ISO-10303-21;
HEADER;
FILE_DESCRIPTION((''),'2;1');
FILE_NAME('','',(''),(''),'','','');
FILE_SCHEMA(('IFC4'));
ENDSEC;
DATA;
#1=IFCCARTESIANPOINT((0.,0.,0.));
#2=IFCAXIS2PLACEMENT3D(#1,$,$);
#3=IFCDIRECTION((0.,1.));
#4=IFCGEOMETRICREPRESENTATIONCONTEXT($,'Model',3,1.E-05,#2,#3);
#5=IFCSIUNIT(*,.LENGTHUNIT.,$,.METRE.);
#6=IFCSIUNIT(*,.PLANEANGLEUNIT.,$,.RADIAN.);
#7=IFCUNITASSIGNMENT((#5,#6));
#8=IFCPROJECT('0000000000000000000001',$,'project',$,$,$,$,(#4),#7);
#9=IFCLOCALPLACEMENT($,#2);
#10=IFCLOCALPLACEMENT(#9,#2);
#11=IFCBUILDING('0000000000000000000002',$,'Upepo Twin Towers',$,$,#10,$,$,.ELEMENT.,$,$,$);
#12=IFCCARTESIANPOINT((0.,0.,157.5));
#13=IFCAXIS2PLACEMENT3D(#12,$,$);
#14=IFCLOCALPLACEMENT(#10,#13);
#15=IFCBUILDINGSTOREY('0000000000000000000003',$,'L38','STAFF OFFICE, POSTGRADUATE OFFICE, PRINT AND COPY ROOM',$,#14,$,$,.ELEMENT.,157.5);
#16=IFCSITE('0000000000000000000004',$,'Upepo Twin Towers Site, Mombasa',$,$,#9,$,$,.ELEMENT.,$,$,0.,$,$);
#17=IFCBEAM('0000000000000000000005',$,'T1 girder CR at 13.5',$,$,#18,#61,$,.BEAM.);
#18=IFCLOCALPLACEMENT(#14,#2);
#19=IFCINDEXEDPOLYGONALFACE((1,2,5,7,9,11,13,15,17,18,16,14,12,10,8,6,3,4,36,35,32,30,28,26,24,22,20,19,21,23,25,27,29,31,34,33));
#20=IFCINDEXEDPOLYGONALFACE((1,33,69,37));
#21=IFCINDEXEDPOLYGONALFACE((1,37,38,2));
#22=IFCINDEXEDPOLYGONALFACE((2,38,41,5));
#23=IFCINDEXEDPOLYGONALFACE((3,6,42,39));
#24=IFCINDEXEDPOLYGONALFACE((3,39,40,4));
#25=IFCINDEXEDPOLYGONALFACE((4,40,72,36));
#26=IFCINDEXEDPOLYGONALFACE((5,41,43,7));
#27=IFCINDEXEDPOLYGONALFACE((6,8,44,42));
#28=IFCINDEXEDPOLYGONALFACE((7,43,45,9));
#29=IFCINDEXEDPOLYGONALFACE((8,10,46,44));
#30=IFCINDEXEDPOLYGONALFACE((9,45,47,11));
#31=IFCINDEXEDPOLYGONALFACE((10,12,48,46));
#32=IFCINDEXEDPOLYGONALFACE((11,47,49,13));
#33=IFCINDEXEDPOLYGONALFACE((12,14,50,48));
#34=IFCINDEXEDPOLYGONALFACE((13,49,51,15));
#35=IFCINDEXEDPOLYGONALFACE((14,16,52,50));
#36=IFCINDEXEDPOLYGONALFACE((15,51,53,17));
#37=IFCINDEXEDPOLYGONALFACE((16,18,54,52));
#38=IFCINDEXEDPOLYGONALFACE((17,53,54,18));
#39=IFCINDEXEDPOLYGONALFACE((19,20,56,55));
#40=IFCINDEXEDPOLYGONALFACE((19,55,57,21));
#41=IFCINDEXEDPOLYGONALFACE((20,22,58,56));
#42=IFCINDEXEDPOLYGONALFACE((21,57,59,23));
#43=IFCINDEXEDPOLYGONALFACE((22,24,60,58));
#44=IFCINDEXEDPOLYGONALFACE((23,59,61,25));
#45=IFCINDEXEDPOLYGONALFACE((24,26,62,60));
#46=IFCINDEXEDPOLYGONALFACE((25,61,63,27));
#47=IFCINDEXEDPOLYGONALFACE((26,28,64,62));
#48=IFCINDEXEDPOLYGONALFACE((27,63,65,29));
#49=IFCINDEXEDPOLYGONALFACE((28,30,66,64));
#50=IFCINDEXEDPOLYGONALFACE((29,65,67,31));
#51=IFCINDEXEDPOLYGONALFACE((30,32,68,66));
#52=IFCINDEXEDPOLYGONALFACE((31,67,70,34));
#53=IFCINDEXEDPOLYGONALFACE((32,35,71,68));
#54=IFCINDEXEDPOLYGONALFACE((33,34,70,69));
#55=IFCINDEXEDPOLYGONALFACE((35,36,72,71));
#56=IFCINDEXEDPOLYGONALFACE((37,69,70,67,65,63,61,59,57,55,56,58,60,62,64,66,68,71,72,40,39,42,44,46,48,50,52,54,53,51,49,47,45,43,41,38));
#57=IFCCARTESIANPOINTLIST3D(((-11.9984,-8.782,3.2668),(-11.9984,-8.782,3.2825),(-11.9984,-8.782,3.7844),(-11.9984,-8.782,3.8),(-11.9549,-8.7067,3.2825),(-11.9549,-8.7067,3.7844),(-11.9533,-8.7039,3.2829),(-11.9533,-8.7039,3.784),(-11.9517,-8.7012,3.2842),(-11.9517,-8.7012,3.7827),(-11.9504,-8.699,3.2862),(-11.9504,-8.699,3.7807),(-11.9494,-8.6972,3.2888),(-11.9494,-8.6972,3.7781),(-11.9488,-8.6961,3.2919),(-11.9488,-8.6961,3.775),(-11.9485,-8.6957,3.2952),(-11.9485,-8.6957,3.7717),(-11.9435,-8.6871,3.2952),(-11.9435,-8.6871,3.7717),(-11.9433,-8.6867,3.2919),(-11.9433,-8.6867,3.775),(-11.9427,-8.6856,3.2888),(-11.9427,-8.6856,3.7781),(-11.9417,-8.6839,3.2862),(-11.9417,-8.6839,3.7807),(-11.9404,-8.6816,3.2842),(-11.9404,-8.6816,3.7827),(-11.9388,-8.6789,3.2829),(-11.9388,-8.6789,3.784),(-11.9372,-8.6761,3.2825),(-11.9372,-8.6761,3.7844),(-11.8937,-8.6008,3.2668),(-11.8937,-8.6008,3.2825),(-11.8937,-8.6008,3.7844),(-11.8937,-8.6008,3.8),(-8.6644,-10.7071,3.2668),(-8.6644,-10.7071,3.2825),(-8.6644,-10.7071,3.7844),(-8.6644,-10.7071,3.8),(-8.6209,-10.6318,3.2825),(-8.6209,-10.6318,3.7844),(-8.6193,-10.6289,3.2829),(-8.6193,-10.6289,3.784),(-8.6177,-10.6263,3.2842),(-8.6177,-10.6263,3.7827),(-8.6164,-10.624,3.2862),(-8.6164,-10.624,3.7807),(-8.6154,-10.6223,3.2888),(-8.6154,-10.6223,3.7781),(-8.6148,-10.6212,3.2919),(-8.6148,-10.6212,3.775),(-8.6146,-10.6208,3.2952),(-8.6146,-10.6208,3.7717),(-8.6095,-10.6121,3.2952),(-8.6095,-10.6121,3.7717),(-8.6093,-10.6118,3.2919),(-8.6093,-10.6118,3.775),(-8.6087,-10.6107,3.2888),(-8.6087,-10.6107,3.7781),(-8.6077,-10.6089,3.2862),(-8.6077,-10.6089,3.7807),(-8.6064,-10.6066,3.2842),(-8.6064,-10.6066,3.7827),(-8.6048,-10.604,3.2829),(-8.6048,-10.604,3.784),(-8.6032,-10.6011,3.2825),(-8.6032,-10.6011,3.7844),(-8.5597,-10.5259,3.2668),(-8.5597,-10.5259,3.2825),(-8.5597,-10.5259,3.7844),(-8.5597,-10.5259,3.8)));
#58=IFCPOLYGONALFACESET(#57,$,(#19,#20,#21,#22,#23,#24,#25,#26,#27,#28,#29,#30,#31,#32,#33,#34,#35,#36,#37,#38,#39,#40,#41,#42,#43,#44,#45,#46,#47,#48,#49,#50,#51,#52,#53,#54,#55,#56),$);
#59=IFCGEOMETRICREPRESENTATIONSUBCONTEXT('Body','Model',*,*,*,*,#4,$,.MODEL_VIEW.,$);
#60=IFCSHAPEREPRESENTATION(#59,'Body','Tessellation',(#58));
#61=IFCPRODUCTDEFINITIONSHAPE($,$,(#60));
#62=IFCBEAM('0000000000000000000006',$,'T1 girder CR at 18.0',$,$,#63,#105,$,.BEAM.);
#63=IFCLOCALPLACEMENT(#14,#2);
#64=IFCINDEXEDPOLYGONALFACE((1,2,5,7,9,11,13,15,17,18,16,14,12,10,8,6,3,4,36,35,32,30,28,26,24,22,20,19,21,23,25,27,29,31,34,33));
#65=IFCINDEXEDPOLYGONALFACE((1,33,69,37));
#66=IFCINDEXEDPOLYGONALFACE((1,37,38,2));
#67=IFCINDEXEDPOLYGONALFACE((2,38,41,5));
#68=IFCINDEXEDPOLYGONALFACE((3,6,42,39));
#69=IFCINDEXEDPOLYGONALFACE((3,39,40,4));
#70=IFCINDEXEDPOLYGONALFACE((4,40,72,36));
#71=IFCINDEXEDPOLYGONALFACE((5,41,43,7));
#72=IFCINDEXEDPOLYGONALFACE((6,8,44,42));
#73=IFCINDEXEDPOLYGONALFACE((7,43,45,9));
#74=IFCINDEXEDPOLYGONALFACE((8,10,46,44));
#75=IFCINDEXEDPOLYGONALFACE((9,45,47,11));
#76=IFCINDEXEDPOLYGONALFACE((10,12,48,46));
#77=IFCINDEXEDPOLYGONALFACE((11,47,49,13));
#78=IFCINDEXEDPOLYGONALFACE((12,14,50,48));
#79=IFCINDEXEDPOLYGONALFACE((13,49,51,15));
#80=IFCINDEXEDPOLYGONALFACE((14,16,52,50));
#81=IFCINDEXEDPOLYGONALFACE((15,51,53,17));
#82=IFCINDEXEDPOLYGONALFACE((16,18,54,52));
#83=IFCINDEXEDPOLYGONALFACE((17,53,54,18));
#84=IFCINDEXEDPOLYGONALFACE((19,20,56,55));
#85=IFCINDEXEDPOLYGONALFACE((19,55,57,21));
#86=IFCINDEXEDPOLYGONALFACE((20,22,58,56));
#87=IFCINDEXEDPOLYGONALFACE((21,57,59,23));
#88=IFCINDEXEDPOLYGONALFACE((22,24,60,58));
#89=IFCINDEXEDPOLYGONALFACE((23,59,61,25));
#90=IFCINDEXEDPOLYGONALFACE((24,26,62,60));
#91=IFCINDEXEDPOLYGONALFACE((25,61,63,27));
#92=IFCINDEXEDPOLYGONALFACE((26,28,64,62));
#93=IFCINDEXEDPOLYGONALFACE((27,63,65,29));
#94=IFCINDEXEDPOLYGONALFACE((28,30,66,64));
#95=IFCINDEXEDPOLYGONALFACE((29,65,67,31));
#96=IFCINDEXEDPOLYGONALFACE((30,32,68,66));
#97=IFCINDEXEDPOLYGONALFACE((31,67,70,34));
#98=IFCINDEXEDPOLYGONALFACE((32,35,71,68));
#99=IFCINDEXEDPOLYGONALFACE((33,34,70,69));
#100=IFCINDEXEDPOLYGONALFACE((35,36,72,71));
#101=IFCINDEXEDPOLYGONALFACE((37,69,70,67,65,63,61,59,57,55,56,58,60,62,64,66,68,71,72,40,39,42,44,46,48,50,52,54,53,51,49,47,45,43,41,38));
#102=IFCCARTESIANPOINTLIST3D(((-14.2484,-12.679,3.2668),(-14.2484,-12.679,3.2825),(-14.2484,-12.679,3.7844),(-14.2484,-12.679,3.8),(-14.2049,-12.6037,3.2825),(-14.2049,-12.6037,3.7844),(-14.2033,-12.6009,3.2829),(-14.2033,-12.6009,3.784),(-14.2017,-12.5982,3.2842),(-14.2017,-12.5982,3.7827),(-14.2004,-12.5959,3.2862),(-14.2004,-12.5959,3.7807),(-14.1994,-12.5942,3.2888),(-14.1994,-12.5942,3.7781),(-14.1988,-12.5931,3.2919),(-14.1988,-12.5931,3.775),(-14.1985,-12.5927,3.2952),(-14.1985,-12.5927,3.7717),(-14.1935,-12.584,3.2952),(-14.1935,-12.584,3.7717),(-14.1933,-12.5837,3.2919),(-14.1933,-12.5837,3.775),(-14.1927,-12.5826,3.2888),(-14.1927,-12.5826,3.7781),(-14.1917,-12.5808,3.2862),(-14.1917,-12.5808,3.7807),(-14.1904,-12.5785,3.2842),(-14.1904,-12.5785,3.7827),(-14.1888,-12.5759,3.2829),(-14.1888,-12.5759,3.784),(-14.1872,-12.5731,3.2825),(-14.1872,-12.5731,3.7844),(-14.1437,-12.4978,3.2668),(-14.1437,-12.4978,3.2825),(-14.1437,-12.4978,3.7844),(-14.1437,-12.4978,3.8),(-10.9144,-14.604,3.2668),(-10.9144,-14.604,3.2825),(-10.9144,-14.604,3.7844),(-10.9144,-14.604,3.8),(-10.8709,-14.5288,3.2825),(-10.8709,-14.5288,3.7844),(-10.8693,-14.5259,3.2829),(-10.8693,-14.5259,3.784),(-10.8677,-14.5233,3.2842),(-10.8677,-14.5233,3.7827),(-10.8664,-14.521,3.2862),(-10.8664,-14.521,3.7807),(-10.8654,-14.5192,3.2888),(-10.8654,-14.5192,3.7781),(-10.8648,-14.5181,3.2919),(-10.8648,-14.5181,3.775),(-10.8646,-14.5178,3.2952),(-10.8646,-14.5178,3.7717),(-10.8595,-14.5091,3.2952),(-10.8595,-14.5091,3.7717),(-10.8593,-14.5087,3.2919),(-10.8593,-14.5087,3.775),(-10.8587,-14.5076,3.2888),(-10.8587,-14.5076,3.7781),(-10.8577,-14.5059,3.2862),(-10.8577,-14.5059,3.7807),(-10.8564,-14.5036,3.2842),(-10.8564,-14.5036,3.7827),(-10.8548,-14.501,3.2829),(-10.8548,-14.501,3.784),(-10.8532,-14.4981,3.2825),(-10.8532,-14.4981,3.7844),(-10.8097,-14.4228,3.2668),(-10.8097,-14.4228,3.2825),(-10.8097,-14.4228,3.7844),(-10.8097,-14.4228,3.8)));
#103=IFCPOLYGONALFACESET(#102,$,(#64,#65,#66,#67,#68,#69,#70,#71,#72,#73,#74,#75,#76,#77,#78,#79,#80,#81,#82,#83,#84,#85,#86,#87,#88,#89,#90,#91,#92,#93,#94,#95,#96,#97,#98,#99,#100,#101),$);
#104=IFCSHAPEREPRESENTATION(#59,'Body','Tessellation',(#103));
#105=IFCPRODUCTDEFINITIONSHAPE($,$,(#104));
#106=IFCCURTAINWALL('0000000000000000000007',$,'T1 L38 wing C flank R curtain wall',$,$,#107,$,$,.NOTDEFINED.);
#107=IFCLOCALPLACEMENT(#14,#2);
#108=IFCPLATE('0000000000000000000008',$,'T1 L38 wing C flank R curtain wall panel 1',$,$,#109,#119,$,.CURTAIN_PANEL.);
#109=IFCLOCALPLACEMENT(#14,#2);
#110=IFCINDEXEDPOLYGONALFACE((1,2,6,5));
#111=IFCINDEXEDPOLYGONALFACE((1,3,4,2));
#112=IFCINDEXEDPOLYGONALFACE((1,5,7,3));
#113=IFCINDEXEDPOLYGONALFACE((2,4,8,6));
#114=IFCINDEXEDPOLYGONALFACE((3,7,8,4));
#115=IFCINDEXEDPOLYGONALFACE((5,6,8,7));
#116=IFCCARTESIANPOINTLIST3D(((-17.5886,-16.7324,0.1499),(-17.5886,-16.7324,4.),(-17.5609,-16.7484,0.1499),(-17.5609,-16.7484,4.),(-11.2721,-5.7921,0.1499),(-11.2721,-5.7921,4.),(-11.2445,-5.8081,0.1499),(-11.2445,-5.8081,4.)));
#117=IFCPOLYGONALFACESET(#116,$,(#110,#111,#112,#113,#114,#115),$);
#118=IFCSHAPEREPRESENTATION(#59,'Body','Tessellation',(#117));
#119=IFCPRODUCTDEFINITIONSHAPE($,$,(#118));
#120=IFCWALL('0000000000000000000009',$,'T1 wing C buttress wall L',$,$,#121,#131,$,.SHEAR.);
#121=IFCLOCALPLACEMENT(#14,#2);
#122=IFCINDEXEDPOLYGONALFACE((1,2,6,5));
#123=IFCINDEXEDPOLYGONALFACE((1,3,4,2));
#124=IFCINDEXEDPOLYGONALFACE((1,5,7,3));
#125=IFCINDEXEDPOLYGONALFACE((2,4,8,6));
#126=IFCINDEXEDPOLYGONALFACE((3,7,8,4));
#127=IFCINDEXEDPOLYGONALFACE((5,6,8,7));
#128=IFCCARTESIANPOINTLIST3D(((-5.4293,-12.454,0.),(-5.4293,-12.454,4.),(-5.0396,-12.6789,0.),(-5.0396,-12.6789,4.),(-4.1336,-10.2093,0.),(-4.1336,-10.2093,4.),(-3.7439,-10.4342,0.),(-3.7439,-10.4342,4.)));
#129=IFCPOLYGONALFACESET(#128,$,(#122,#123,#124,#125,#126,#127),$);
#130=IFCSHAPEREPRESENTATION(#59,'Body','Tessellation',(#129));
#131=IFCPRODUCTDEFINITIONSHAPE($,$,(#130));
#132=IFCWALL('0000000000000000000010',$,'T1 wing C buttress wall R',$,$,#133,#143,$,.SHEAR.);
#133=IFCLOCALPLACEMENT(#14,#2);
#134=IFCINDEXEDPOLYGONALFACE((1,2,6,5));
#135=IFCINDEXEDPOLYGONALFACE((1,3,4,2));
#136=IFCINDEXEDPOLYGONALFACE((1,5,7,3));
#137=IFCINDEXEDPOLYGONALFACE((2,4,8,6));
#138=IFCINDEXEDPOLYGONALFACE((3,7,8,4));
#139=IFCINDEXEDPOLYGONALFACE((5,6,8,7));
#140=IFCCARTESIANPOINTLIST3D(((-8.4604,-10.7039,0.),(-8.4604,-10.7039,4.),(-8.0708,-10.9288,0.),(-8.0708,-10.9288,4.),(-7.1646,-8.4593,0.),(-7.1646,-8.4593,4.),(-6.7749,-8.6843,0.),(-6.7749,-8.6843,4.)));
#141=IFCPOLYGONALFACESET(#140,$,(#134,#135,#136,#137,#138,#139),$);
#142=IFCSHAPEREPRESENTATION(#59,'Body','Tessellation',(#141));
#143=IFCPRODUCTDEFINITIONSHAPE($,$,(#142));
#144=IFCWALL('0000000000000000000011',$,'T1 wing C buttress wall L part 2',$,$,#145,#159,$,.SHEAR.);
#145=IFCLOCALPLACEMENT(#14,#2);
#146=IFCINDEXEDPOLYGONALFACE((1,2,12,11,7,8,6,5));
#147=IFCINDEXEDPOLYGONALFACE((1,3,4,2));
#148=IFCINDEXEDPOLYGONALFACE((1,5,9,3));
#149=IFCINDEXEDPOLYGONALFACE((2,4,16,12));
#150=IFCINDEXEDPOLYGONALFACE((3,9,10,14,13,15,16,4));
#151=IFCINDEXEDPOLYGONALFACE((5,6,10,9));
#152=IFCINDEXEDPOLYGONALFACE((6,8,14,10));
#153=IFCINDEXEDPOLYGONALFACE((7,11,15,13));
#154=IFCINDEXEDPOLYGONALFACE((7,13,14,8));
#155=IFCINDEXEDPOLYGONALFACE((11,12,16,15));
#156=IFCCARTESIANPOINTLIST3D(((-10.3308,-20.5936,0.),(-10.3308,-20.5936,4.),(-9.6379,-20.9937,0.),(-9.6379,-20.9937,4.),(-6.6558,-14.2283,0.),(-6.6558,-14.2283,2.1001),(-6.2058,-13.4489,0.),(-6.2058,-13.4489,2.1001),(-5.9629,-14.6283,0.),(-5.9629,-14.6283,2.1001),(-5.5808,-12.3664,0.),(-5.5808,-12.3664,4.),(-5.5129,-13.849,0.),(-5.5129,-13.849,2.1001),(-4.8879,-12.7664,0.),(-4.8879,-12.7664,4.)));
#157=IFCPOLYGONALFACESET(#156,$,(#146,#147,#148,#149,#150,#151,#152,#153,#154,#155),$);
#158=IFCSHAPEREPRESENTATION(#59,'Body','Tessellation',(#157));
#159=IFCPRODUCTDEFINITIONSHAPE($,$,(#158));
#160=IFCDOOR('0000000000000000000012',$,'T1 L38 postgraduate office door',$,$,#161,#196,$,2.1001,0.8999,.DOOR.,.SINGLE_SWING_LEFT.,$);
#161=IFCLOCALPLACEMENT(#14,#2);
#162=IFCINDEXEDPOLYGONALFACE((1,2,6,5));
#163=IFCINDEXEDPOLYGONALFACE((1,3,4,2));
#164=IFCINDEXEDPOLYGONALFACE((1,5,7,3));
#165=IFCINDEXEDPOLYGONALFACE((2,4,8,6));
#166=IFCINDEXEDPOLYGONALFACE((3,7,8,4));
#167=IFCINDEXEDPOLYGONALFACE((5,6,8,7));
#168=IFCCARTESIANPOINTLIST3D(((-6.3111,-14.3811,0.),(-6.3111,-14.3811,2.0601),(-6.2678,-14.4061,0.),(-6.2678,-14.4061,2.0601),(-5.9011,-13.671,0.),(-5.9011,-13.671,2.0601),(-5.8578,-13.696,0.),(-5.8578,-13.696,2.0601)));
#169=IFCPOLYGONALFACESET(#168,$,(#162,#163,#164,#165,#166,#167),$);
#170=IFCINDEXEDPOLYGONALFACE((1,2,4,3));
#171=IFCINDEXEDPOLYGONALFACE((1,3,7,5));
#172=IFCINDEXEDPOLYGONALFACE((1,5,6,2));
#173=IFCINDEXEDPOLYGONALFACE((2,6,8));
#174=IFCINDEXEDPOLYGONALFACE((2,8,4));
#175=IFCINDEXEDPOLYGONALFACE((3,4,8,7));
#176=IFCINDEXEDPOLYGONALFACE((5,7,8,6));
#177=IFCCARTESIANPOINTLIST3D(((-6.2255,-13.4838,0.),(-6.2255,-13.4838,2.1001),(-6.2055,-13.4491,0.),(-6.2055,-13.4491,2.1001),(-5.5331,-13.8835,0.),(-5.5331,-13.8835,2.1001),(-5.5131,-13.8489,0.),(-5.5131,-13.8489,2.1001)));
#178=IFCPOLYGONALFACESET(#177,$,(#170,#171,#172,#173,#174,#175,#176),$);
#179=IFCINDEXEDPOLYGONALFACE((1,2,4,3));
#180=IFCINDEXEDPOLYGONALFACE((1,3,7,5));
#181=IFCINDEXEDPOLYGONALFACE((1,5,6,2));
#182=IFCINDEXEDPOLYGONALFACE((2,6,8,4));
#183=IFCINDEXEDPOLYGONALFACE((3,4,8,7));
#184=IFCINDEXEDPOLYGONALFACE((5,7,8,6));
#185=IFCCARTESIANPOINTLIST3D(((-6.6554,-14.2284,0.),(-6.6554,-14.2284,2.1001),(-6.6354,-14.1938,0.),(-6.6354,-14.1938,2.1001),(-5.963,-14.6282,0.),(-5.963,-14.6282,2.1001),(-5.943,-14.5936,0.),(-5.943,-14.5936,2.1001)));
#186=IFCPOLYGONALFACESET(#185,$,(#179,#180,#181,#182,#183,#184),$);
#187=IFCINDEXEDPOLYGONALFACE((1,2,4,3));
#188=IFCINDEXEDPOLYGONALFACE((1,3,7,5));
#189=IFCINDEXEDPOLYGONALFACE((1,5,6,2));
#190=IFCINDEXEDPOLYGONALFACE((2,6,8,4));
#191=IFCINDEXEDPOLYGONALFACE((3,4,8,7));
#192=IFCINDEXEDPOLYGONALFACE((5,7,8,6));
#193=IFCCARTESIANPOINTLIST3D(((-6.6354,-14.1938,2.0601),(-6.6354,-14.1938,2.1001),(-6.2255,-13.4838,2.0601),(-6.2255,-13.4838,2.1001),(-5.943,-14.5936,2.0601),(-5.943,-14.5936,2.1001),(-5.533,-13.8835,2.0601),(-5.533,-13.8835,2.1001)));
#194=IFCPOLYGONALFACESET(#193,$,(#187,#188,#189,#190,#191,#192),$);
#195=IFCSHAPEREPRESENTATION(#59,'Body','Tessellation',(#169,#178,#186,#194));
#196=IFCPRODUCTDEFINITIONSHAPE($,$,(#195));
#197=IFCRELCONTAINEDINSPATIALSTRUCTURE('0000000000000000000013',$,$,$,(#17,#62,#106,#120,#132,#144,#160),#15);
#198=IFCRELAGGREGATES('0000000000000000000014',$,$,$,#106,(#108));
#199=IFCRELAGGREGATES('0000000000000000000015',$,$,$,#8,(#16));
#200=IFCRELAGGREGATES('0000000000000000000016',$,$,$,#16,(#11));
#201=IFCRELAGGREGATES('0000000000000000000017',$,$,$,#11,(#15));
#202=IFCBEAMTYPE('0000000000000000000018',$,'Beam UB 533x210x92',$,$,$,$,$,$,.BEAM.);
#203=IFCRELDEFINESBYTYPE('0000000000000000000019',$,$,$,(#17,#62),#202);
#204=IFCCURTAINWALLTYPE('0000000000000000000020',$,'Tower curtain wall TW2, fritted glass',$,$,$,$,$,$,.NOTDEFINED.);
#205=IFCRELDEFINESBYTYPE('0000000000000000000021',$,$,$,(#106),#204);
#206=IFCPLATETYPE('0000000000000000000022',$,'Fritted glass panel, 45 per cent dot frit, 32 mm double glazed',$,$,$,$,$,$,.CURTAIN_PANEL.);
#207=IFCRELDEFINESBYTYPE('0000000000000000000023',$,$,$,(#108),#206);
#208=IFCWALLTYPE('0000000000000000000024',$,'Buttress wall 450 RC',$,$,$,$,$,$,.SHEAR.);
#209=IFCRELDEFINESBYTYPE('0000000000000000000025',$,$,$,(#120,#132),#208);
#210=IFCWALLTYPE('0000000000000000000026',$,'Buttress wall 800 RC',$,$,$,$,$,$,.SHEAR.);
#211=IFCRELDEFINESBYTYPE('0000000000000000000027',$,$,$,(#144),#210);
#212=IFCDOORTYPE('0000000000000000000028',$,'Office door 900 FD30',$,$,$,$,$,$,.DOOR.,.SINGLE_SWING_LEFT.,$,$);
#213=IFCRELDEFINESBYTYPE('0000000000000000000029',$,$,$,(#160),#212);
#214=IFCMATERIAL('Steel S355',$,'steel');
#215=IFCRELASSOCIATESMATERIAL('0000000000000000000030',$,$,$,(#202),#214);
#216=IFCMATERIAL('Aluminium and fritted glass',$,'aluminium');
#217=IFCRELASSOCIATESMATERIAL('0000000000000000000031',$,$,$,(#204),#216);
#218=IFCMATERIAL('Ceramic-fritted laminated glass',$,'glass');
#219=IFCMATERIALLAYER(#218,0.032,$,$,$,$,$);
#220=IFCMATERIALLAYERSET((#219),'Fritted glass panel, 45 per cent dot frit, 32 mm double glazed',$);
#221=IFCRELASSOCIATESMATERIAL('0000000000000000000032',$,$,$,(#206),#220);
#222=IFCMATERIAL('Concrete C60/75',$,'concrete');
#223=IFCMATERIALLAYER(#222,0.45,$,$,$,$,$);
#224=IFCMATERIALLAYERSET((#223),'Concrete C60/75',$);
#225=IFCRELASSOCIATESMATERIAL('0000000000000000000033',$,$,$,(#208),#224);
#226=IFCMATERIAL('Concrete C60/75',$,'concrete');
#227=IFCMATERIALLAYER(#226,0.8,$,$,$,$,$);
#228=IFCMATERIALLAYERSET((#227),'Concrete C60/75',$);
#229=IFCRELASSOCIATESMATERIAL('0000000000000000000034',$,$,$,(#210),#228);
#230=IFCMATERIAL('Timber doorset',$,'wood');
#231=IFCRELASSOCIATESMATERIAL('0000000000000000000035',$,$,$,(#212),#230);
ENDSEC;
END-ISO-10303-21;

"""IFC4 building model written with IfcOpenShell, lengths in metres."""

from ifc_helpers import new_model, si_unit, direction, frame, frame_2d, origin, origin_2d, place, context, subcontext, project, spatial, rectangle, i_section, extrude, material, layer, layer_set, material_profile, profile_set, type_object, element, fill, aggregate, save


model = new_model("IFC4")

# Units and contexts
model_context = context("Model", 3, precision=1e-05, world=origin(), true_north=direction((0.0, 1.0)))
body_context = subcontext(model_context, "Body", "Model", "MODEL_VIEW")
ifc_project = project(units=[si_unit("LENGTHUNIT", "METRE"), si_unit("PLANEANGLEUNIT", "RADIAN")], contexts=[model_context])

# Site, building, storey
site_placement = place(None, origin())
site = spatial("IfcSite", under=ifc_project, at=site_placement, Name="Upepo Twin Towers Site, Mombasa", CompositionType="ELEMENT", RefElevation=0.0)
building_placement = place(site_placement, origin())
building = spatial("IfcBuilding", under=site, at=building_placement, Name="Upepo Twin Towers", CompositionType="ELEMENT")
storey_placement = place(building_placement, frame((0.0, 0.0, 157.5)))
storey = spatial("IfcBuildingStorey", under=building, at=storey_placement, Name="L38", Description="STAFF OFFICE, POSTGRADUATE OFFICE, PRINT AND COPY ROOM", CompositionType="ELEMENT", Elevation=157.5)

# Beams
ifc_material_1 = material(Name="Steel S355", Category="steel")
ifc_material_profile_1 = material_profile(ifc_material_1, i_section(OverallWidth=0.2092, OverallDepth=0.5332, WebThickness=0.01, FlangeThickness=0.0156, FilletRadius=0.0127, at=origin_2d()), Name="UB 533x210x92")
ifc_profile_set_1 = profile_set([ifc_material_profile_1], Name="Steel S355")
beam_type_1 = type_object("IfcBeamType", Name="Beam UB 533x210x92", PredefinedType="BEAM", material=ifc_profile_set_1)
for number, where, z_axis, x_axis, name in (
    (1, (-11.946, -8.6914, 3.5334), (0.866006, -0.500034, 0.0), (0.500034, 0.866006, 0.0), "T1 girder CR at 13.5"),
    (2, (-14.196, -12.5884, 3.5334), (0.866006, -0.500034, 0.0), (0.500034, 0.866006, 0.0), "T1 girder CR at 18.0"),
):
    element("IfcBeam", number, at=place(storey_placement, frame(where, z_axis=z_axis, x_axis=x_axis)), inside=storey, type_object=beam_type_1, Name=name, PredefinedType="BEAM", context=body_context, shape_type="SweptSolid", body=[
        extrude(i_section(OverallWidth=0.2092, OverallDepth=0.5332, WebThickness=0.01, FlangeThickness=0.0156, FilletRadius=0.0127, at=origin_2d()), origin(), (0.0, 0.0, 1.0), 3.8499),
    ])

# Curtain wall, plate
ifc_material_2 = material(Name="Aluminium and fritted glass", Category="aluminium")
curtain_wall_type = type_object("IfcCurtainWallType", Name="Tower curtain wall TW2, fritted glass", PredefinedType="NOTDEFINED", material=ifc_material_2)
curtain_wall_placement = place(storey_placement, origin())
curtain_wall = element("IfcCurtainWall", 3, at=curtain_wall_placement, inside=storey, type_object=curtain_wall_type, Name="T1 L38 wing C flank R curtain wall", PredefinedType="NOTDEFINED")
ifc_material_3 = material(Name="Ceramic-fritted laminated glass", Category="glass")
ifc_layer_1 = layer(ifc_material_3, 0.032)
ifc_layer_set_1 = layer_set([ifc_layer_1], Name="Fritted glass panel, 45 per cent dot frit, 32 mm double glazed")
plate_type = type_object("IfcPlateType", Name="Fritted glass panel, 45 per cent dot frit, 32 mm double glazed", PredefinedType="CURTAIN_PANEL", material=ifc_layer_set_1)
plate_placement = place(storey_placement, frame((-14.4165, -11.2703, 0.1499), z_axis=(0.0, 0.0, 1.0), x_axis=(0.5, 0.866025, 0.0)))
plate = element("IfcPlate", 4, at=plate_placement, type_object=plate_type, Name="T1 L38 wing C flank R curtain wall panel 1", PredefinedType="CURTAIN_PANEL", context=body_context, shape_type="SweptSolid", body=[
    extrude(rectangle(XDim=12.6328, YDim=0.032, at=origin_2d()), origin(), (0.0, 0.0, 1.0), 3.8501),
])
aggregate(curtain_wall, [plate])

# Walls
ifc_material_4 = material(Name="Concrete C60/75", Category="concrete")
ifc_layer_2 = layer(ifc_material_4, 0.45)
ifc_layer_set_2 = layer_set([ifc_layer_2], Name="Concrete C60/75")
wall_type_1 = type_object("IfcWallType", Name="Buttress wall 450 RC", PredefinedType="SHEAR", material=ifc_layer_set_2)
for number, where, z_axis, x_axis, name in (
    (5, (-3.9387, -10.3218, 0.0), (0.0, 0.0, 1.0), (-0.499918, -0.866073, 0.0), "T1 wing C buttress wall L"),
    (6, (-6.9697, -8.5718, 0.0), (0.0, 0.0, 1.0), (-0.499989, -0.866032, 0.0), "T1 wing C buttress wall R"),
):
    element("IfcWall", number, at=place(storey_placement, frame(where, z_axis=z_axis, x_axis=x_axis)), inside=storey, type_object=wall_type_1, Name=name, PredefinedType="SHEAR", context=body_context, shape_type="SweptSolid", body=[
        extrude(rectangle(XDim=2.5918, YDim=0.45, at=frame_2d((1.2959, 0.0))), origin(), (0.0, 0.0, 1.0), 4.0),
    ])

# Wall, opening, door
ifc_material_5 = material(Name="Concrete C60/75", Category="concrete")
ifc_layer_3 = layer(ifc_material_5, 0.8)
ifc_layer_set_3 = layer_set([ifc_layer_3], Name="Concrete C60/75")
wall_type_2 = type_object("IfcWallType", Name="Buttress wall 800 RC", PredefinedType="SHEAR", material=ifc_layer_set_3)
wall_1_placement = place(storey_placement, frame((-5.2344, -12.5664, 0.0), z_axis=(0.0, 0.0, 1.0), x_axis=(-0.499998, -0.866027, 0.0)))
wall_1 = element("IfcWall", 7, at=wall_1_placement, inside=storey, type_object=wall_type_2, Name="T1 wing C buttress wall L part 2", PredefinedType="SHEAR", context=body_context, shape_type="SweptSolid", body=[
    extrude(rectangle(XDim=9.5, YDim=0.8, at=frame_2d((4.75, 0.0))), origin(), (0.0, 0.0, 1.0), 4.0),
])
opening_1_placement = place(wall_1_placement, frame((1.25, 0.0, 0.0)))
opening_1 = element("IfcOpeningElement", 8, at=opening_1_placement, cuts=wall_1, PredefinedType="OPENING", context=body_context, shape_type="SweptSolid", body=[
    extrude(rectangle(XDim=0.8999, YDim=2.1001, at=frame_2d((0.45, 1.05))), frame((0.0, 0.4099, 0.0), z_axis=(0.0, -1.0, 0.0), x_axis=(1.0, 0.0, 0.0)), (0.0, 0.0, 1.0), 0.8201),
])
ifc_material_6 = material(Name="Timber doorset", Category="wood")
door_type_1 = type_object("IfcDoorType", Name="Office door 900 FD30", OperationType="SINGLE_SWING_LEFT", PredefinedType="DOOR", material=ifc_material_6)
door_1_placement = place(opening_1_placement, origin())
door_1 = element("IfcDoor", 9, at=door_1_placement, inside=storey, type_object=door_type_1, Name="T1 L38 postgraduate office door", OperationType="SINGLE_SWING_LEFT", OverallHeight=2.1001, OverallWidth=0.8999, PredefinedType="DOOR", context=body_context, shape_type="SweptSolid", body=[
    extrude(rectangle(XDim=0.8199, YDim=2.0601, at=frame_2d((0.45, 1.03))), frame((0.0, 0.0249, 0.0), z_axis=(0.0, -1.0, 0.0), x_axis=(1.0, 0.0, 0.0)), (0.0, 0.0, 1.0), 0.05),
    extrude(rectangle(XDim=0.04, YDim=2.1001, at=frame_2d((0.02, 1.05))), frame((0.0, 0.3999, 0.0), z_axis=(0.0, -1.0, 0.0), x_axis=(1.0, 0.0, 0.0)), (0.0, 0.0, 1.0), 0.7996),
    extrude(rectangle(XDim=0.04, YDim=2.1001, at=frame_2d((0.8799, 1.05))), frame((0.0, 0.3999, 0.0), z_axis=(0.0, -1.0, 0.0), x_axis=(1.0, 0.0, 0.0)), (0.0, 0.0, 1.0), 0.7996),
    extrude(rectangle(XDim=0.8199, YDim=0.04, at=frame_2d((0.45, 2.0801))), frame((0.0, 0.3999, 0.0), z_axis=(0.0, -1.0, 0.0), x_axis=(1.0, 0.0, 0.0)), (0.0, 0.0, 1.0), 0.7996),
])
fill(opening_1, door_1)

save(model, "model.ifc")
